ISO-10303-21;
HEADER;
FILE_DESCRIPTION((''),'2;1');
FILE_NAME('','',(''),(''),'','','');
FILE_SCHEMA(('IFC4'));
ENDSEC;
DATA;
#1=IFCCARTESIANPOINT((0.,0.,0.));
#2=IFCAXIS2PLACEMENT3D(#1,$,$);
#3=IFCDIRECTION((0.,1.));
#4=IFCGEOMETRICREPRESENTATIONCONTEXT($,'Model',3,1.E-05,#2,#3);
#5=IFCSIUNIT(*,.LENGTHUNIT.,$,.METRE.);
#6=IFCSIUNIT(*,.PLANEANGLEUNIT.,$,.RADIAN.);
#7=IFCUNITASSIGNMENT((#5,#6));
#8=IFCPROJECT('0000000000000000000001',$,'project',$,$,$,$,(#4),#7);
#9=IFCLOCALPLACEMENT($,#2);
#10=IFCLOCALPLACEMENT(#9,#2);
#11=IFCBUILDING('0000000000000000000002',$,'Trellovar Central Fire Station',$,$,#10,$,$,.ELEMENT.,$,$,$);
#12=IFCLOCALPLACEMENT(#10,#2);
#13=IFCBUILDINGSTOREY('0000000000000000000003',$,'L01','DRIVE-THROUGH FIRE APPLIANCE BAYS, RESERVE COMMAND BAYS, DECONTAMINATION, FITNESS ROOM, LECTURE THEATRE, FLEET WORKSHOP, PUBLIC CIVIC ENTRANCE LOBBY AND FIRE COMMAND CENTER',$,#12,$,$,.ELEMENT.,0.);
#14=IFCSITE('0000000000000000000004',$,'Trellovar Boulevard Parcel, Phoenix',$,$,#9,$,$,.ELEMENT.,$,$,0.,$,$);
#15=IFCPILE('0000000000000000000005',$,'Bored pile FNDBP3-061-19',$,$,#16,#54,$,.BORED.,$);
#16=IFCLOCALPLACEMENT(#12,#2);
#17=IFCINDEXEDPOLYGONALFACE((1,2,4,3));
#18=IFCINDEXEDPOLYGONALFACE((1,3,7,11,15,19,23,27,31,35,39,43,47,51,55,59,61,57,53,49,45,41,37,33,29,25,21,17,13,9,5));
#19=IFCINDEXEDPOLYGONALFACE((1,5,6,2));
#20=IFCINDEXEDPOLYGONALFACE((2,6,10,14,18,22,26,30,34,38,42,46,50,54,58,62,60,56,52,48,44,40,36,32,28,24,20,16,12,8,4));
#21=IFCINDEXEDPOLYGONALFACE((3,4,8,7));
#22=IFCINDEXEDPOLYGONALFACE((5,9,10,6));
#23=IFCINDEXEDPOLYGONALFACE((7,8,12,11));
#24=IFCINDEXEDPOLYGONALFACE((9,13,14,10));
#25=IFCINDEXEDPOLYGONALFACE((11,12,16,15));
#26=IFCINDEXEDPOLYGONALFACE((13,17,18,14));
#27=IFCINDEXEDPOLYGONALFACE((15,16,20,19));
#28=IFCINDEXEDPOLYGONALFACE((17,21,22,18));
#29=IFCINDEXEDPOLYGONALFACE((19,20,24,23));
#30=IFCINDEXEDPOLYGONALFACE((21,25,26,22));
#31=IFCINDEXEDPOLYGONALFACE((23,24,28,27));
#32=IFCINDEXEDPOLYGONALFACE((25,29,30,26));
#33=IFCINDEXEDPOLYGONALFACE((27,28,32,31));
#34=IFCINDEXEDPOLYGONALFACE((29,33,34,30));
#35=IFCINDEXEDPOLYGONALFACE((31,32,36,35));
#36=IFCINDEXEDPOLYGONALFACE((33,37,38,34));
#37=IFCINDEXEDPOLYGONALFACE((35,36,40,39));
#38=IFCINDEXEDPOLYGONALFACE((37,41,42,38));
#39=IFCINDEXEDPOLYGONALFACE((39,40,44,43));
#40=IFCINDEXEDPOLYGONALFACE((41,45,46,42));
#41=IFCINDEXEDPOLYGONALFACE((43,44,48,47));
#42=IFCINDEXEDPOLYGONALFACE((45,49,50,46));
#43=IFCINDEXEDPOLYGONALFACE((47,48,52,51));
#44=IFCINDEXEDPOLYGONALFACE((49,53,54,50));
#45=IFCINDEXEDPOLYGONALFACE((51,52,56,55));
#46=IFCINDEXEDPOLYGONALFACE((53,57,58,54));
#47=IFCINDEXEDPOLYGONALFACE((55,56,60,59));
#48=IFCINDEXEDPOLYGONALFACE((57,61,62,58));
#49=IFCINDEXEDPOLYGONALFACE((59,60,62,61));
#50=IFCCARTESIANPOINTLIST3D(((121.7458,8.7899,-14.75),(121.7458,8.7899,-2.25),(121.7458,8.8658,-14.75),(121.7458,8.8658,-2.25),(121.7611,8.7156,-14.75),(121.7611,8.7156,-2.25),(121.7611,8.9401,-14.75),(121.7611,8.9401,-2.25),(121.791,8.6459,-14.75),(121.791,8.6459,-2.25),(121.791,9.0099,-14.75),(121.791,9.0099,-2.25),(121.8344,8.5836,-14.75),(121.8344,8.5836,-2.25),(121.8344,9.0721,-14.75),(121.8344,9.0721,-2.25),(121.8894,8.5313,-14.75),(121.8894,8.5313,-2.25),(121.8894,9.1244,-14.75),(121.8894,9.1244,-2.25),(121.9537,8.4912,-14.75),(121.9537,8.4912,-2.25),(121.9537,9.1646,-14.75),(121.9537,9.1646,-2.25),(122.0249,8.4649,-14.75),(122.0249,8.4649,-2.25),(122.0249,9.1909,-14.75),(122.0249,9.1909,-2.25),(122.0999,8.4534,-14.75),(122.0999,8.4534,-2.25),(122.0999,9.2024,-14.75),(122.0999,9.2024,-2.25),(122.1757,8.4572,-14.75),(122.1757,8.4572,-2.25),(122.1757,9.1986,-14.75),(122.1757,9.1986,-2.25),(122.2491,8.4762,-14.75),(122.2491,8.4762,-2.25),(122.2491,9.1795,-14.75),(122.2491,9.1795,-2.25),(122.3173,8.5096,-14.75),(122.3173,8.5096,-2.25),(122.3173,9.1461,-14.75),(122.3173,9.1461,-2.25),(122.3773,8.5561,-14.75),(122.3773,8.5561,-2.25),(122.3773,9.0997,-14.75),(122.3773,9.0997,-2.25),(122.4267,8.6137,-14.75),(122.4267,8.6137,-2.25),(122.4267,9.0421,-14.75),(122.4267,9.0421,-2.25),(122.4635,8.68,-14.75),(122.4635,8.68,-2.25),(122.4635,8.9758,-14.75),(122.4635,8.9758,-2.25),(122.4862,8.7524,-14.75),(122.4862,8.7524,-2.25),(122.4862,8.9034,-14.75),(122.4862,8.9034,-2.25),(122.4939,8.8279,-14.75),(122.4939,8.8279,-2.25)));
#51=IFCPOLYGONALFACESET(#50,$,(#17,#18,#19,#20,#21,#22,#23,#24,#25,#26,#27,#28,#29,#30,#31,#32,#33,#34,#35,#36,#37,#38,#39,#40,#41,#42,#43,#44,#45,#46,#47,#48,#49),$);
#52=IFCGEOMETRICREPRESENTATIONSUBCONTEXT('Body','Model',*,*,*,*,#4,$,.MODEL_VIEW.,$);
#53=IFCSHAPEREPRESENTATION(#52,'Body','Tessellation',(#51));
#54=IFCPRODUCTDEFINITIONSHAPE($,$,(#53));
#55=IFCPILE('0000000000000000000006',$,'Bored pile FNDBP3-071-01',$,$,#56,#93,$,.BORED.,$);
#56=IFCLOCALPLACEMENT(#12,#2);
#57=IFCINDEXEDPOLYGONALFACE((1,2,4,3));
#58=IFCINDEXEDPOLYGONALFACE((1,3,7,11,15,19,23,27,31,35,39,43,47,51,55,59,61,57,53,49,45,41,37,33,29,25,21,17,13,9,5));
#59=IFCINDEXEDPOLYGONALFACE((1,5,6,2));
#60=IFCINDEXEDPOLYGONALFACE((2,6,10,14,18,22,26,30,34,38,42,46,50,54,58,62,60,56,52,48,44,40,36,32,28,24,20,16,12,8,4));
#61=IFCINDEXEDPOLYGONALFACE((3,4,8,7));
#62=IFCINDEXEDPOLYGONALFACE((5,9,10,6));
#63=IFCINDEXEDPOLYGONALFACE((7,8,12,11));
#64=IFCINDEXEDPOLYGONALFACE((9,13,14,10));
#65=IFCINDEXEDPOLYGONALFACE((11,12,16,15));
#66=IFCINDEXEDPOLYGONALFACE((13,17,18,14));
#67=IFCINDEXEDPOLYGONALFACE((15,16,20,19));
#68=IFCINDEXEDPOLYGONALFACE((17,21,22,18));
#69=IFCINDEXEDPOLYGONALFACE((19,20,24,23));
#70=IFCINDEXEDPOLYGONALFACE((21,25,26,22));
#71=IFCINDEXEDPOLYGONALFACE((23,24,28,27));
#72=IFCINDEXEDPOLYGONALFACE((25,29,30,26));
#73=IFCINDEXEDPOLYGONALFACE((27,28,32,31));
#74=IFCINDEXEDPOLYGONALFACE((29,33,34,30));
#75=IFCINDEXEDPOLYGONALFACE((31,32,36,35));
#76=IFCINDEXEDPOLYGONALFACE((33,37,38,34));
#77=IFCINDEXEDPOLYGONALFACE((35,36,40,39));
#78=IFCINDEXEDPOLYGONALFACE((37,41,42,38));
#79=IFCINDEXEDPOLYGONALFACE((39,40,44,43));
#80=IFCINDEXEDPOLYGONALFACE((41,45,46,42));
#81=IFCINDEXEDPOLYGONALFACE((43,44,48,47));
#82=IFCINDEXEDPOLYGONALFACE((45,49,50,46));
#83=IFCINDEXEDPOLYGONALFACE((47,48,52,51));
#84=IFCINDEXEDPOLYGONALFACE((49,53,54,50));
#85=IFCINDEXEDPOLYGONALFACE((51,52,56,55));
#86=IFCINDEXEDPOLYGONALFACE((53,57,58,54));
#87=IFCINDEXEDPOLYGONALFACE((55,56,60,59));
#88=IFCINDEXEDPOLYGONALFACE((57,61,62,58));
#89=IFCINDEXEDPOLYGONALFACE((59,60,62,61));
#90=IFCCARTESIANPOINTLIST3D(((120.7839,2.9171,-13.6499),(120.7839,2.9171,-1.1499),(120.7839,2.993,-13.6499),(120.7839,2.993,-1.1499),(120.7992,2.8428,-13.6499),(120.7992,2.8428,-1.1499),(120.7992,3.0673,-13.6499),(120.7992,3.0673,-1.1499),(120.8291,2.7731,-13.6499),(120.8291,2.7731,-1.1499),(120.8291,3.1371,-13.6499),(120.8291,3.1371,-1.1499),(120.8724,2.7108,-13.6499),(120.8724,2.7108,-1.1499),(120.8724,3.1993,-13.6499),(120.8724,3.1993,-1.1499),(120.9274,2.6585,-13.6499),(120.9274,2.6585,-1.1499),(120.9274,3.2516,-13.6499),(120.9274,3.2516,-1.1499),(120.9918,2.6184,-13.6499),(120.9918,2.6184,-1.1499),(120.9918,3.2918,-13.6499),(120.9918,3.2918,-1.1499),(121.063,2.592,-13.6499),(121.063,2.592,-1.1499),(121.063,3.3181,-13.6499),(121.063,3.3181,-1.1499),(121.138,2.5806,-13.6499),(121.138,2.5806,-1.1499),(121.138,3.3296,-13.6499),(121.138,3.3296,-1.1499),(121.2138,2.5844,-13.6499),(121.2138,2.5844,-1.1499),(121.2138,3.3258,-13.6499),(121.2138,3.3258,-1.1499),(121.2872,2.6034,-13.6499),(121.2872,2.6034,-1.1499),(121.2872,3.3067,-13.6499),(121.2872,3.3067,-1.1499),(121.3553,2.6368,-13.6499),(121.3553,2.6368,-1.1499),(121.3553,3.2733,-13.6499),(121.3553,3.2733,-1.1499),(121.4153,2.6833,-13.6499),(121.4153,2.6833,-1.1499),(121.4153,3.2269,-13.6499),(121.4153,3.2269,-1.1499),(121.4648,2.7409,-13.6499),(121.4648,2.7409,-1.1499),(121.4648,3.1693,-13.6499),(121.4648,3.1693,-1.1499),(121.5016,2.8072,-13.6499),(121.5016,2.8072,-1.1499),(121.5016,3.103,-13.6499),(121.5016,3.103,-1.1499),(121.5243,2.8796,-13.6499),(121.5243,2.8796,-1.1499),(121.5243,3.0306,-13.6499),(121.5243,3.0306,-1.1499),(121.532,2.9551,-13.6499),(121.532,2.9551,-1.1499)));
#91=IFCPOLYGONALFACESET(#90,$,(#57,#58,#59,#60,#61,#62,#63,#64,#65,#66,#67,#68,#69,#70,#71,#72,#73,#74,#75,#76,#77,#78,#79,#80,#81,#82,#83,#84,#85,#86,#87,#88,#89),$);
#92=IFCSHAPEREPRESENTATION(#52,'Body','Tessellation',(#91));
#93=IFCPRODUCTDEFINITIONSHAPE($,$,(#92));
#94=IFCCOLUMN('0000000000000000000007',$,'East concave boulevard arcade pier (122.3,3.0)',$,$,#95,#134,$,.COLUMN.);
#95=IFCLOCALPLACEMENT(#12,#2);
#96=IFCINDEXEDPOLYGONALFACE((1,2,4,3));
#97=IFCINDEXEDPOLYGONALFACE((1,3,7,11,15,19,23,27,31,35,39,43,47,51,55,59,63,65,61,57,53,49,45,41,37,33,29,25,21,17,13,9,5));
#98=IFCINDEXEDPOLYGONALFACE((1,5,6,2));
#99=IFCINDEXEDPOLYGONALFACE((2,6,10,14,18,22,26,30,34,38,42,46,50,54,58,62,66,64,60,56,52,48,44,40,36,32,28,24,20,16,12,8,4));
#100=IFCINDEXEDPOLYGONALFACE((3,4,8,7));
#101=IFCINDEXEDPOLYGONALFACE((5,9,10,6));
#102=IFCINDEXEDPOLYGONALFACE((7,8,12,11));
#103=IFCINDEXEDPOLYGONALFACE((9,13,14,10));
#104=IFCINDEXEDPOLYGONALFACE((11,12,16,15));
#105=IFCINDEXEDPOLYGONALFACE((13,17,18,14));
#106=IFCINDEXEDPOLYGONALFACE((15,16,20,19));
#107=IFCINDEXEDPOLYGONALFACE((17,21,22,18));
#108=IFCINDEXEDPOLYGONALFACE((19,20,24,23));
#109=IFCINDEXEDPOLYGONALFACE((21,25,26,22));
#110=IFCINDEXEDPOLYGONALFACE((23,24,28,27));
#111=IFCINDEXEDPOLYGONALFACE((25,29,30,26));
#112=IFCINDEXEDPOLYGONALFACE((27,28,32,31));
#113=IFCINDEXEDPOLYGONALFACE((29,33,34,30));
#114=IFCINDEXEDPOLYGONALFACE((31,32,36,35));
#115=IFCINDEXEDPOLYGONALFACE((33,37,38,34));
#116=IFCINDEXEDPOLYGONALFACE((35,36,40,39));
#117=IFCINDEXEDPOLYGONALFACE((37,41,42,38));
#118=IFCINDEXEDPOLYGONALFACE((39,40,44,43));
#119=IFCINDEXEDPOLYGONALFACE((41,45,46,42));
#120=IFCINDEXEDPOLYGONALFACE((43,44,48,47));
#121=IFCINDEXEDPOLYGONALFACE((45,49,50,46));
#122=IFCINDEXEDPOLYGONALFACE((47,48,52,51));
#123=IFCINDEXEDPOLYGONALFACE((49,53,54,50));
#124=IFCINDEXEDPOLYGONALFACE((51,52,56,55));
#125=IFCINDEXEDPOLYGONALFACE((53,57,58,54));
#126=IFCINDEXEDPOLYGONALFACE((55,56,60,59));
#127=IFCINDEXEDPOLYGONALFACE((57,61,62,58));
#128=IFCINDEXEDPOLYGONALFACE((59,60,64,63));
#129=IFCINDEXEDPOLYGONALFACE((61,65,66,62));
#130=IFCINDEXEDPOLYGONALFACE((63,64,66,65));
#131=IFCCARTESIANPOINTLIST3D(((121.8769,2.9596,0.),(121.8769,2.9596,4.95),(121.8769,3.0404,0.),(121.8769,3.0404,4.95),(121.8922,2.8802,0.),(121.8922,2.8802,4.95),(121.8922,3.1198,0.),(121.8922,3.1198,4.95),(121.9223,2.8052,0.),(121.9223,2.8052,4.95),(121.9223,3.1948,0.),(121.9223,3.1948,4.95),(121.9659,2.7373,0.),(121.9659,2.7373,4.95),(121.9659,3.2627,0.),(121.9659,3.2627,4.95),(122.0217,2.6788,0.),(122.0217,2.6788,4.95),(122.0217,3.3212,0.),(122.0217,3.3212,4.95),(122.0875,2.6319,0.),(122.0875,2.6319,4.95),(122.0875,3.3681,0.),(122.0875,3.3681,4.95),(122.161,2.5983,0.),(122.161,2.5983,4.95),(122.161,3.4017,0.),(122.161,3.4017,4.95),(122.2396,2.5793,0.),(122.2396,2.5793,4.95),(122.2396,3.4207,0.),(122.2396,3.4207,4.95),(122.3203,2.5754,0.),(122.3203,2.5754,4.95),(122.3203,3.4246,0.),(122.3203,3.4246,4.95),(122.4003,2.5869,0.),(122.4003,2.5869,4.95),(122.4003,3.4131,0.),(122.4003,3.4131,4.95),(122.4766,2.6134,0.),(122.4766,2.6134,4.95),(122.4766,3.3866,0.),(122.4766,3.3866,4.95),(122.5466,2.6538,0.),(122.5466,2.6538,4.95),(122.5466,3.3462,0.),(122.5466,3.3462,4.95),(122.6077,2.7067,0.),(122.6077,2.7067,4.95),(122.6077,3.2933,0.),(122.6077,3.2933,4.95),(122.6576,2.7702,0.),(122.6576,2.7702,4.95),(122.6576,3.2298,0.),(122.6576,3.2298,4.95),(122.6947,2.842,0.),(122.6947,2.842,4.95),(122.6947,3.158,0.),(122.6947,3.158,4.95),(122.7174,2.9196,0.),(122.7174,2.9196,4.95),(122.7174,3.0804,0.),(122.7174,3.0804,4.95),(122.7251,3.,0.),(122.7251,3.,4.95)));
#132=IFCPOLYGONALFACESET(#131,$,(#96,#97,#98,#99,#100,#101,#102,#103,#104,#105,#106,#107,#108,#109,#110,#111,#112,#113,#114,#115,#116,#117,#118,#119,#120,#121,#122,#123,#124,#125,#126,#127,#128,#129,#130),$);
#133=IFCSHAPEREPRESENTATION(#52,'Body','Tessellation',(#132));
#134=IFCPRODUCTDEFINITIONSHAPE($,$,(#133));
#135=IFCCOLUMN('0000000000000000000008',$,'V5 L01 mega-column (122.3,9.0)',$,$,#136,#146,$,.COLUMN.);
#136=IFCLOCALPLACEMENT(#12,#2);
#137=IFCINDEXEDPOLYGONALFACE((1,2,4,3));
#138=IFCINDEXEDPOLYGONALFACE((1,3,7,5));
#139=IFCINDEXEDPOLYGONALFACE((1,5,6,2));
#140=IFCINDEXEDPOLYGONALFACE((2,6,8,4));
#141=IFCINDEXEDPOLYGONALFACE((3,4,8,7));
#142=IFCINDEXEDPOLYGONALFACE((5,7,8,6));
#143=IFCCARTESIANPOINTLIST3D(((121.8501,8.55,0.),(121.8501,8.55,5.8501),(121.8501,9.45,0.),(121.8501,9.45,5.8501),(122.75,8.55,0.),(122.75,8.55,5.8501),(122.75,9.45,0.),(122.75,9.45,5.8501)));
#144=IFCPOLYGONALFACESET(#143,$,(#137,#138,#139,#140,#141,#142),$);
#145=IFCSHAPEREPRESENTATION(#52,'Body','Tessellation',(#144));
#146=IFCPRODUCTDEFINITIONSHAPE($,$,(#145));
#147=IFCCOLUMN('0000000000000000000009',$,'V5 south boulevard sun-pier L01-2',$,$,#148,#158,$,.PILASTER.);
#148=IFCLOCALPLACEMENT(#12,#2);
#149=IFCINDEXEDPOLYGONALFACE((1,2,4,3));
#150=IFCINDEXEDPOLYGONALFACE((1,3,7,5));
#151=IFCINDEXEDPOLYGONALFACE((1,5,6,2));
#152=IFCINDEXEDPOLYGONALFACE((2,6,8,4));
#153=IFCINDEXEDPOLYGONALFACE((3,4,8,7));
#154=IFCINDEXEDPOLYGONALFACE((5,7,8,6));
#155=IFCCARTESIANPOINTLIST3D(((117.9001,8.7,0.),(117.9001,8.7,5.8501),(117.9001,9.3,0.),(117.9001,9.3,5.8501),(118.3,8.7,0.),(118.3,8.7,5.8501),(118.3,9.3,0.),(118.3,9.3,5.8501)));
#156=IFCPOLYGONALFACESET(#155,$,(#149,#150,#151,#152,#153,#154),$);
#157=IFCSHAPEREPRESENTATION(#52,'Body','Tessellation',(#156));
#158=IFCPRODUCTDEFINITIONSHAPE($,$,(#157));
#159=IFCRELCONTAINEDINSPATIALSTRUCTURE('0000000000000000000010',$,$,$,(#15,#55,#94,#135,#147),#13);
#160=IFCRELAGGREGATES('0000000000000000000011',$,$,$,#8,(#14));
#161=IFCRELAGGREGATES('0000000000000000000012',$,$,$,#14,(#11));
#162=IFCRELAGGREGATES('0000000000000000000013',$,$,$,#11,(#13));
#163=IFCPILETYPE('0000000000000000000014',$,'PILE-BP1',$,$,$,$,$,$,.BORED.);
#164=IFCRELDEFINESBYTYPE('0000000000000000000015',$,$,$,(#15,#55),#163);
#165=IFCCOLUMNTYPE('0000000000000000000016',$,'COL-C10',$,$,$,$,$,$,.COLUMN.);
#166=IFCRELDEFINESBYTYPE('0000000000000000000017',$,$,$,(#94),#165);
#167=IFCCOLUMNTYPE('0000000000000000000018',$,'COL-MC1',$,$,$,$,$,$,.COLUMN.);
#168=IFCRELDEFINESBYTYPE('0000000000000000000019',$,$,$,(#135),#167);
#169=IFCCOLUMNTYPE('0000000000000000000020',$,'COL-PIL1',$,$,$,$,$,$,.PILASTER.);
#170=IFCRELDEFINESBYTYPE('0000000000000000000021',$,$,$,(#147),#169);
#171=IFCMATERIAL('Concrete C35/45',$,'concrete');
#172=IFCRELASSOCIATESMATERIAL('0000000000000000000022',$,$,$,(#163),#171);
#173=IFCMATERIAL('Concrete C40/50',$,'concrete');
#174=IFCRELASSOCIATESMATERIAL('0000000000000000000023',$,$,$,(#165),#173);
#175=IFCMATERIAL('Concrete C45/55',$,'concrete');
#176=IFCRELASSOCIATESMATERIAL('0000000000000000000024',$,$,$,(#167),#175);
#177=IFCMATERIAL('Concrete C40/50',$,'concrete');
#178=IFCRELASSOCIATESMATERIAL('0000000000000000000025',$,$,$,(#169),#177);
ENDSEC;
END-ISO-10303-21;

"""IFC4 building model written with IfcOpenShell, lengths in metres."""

from ifc_helpers import new_model, si_unit, direction, frame, origin, origin_2d, place, context, subcontext, project, spatial, rectangle, circle, extrude, material, material_profile, profile_set, type_object, element, save


model = new_model("IFC4")

# Units and contexts
model_context = context("Model", 3, precision=1e-05, world=origin(), true_north=direction((0.0, 1.0)))
body_context = subcontext(model_context, "Body", "Model", "MODEL_VIEW")
ifc_project = project(units=[si_unit("LENGTHUNIT", "METRE"), si_unit("PLANEANGLEUNIT", "RADIAN")], contexts=[model_context])

# Site, building, storey
site_placement = place(None, origin())
site = spatial("IfcSite", under=ifc_project, at=site_placement, Name="Trellovar Boulevard Parcel, Phoenix", CompositionType="ELEMENT", RefElevation=0.0)
building_placement = place(site_placement, origin())
building = spatial("IfcBuilding", under=site, at=building_placement, Name="Trellovar Central Fire Station", CompositionType="ELEMENT")
storey_placement = place(building_placement, origin())
storey = spatial("IfcBuildingStorey", under=building, at=storey_placement, Name="L01", Description="DRIVE-THROUGH FIRE APPLIANCE BAYS, RESERVE COMMAND BAYS, DECONTAMINATION, FITNESS ROOM, LECTURE THEATRE, FLEET WORKSHOP, PUBLIC CIVIC ENTRANCE LOBBY AND FIRE COMMAND CENTER", CompositionType="ELEMENT", Elevation=0.0)

# Piles
ifc_material_1 = material(Name="Concrete C35/45", Category="concrete")
ifc_material_profile_1 = material_profile(ifc_material_1, circle(Radius=0.375, at=origin_2d()), Name="PILE750")
ifc_profile_set_1 = profile_set([ifc_material_profile_1], Name="Concrete C35/45")
pile_type = type_object("IfcPileType", Name="PILE-BP1", PredefinedType="BORED", material=ifc_profile_set_1)
for number, where, z_axis, x_axis, name in (
    (1, (122.1189, 8.8279, -2.25), (0.0, 0.0, -1.0), (1.0, 0.0, 0.0), "Bored pile FNDBP3-061-19"),
    (2, (121.157, 2.9551, -1.1499), (0.0, 0.0, -1.0), (1.0, 0.0, 0.0), "Bored pile FNDBP3-071-01"),
):
    element("IfcPile", number, at=place(storey_placement, frame(where, z_axis=z_axis, x_axis=x_axis)), inside=storey, type_object=pile_type, Name=name, PredefinedType="BORED", context=body_context, shape_type="SweptSolid", body=[
        extrude(circle(Radius=0.375, at=origin_2d()), origin(), (0.0, 0.0, 1.0), 12.5),
    ])

# Columns
ifc_material_2 = material(Name="Concrete C40/50", Category="concrete")
ifc_material_profile_2 = material_profile(ifc_material_2, circle(Radius=0.425, at=origin_2d()), Name="RCD850")
ifc_profile_set_2 = profile_set([ifc_material_profile_2], Name="Concrete C40/50")
column_type_1 = type_object("IfcColumnType", Name="COL-C10", PredefinedType="COLUMN", material=ifc_profile_set_2)
column_1_placement = place(storey_placement, frame((122.3, 3.0, 0.0), z_axis=(0.0, 0.0, 1.0), x_axis=(1.0, 0.0, 0.0)))
element("IfcColumn", 3, at=column_1_placement, inside=storey, type_object=column_type_1, Name="East concave boulevard arcade pier (122.3,3.0)", PredefinedType="COLUMN", context=body_context, shape_type="SweptSolid", body=[
    extrude(circle(Radius=0.425, at=origin_2d()), origin(), (0.0, 0.0, 1.0), 4.95),
])
ifc_material_3 = material(Name="Concrete C45/55", Category="concrete")
ifc_material_profile_3 = material_profile(ifc_material_3, rectangle(XDim=0.8999, YDim=0.8999, at=origin_2d()), Name="RC900X900")
ifc_profile_set_3 = profile_set([ifc_material_profile_3], Name="Concrete C45/55")
column_type_2 = type_object("IfcColumnType", Name="COL-MC1", PredefinedType="COLUMN", material=ifc_profile_set_3)
column_2_placement = place(storey_placement, frame((122.3, 9.0, 0.0), z_axis=(0.0, 0.0, 1.0), x_axis=(1.0, 0.0, 0.0)))
element("IfcColumn", 4, at=column_2_placement, inside=storey, type_object=column_type_2, Name="V5 L01 mega-column (122.3,9.0)", PredefinedType="COLUMN", context=body_context, shape_type="SweptSolid", body=[
    extrude(rectangle(XDim=0.8999, YDim=0.8999, at=origin_2d()), origin(), (0.0, 0.0, 1.0), 5.8501),
])
ifc_material_4 = material(Name="Concrete C40/50", Category="concrete")
ifc_material_profile_4 = material_profile(ifc_material_4, rectangle(XDim=0.3999, YDim=0.6001, at=origin_2d()), Name="RC400X600")
ifc_profile_set_4 = profile_set([ifc_material_profile_4], Name="Concrete C40/50")
column_type_3 = type_object("IfcColumnType", Name="COL-PIL1", PredefinedType="PILASTER", material=ifc_profile_set_4)
column_3_placement = place(storey_placement, frame((118.1001, 9.0, 0.0), z_axis=(0.0, 0.0, 1.0), x_axis=(1.0, 0.0, 0.0)))
element("IfcColumn", 5, at=column_3_placement, inside=storey, type_object=column_type_3, Name="V5 south boulevard sun-pier L01-2", PredefinedType="PILASTER", context=body_context, shape_type="SweptSolid", body=[
    extrude(rectangle(XDim=0.3999, YDim=0.6001, at=origin_2d()), origin(), (0.0, 0.0, 1.0), 5.8501),
])

save(model, "model.ifc")
